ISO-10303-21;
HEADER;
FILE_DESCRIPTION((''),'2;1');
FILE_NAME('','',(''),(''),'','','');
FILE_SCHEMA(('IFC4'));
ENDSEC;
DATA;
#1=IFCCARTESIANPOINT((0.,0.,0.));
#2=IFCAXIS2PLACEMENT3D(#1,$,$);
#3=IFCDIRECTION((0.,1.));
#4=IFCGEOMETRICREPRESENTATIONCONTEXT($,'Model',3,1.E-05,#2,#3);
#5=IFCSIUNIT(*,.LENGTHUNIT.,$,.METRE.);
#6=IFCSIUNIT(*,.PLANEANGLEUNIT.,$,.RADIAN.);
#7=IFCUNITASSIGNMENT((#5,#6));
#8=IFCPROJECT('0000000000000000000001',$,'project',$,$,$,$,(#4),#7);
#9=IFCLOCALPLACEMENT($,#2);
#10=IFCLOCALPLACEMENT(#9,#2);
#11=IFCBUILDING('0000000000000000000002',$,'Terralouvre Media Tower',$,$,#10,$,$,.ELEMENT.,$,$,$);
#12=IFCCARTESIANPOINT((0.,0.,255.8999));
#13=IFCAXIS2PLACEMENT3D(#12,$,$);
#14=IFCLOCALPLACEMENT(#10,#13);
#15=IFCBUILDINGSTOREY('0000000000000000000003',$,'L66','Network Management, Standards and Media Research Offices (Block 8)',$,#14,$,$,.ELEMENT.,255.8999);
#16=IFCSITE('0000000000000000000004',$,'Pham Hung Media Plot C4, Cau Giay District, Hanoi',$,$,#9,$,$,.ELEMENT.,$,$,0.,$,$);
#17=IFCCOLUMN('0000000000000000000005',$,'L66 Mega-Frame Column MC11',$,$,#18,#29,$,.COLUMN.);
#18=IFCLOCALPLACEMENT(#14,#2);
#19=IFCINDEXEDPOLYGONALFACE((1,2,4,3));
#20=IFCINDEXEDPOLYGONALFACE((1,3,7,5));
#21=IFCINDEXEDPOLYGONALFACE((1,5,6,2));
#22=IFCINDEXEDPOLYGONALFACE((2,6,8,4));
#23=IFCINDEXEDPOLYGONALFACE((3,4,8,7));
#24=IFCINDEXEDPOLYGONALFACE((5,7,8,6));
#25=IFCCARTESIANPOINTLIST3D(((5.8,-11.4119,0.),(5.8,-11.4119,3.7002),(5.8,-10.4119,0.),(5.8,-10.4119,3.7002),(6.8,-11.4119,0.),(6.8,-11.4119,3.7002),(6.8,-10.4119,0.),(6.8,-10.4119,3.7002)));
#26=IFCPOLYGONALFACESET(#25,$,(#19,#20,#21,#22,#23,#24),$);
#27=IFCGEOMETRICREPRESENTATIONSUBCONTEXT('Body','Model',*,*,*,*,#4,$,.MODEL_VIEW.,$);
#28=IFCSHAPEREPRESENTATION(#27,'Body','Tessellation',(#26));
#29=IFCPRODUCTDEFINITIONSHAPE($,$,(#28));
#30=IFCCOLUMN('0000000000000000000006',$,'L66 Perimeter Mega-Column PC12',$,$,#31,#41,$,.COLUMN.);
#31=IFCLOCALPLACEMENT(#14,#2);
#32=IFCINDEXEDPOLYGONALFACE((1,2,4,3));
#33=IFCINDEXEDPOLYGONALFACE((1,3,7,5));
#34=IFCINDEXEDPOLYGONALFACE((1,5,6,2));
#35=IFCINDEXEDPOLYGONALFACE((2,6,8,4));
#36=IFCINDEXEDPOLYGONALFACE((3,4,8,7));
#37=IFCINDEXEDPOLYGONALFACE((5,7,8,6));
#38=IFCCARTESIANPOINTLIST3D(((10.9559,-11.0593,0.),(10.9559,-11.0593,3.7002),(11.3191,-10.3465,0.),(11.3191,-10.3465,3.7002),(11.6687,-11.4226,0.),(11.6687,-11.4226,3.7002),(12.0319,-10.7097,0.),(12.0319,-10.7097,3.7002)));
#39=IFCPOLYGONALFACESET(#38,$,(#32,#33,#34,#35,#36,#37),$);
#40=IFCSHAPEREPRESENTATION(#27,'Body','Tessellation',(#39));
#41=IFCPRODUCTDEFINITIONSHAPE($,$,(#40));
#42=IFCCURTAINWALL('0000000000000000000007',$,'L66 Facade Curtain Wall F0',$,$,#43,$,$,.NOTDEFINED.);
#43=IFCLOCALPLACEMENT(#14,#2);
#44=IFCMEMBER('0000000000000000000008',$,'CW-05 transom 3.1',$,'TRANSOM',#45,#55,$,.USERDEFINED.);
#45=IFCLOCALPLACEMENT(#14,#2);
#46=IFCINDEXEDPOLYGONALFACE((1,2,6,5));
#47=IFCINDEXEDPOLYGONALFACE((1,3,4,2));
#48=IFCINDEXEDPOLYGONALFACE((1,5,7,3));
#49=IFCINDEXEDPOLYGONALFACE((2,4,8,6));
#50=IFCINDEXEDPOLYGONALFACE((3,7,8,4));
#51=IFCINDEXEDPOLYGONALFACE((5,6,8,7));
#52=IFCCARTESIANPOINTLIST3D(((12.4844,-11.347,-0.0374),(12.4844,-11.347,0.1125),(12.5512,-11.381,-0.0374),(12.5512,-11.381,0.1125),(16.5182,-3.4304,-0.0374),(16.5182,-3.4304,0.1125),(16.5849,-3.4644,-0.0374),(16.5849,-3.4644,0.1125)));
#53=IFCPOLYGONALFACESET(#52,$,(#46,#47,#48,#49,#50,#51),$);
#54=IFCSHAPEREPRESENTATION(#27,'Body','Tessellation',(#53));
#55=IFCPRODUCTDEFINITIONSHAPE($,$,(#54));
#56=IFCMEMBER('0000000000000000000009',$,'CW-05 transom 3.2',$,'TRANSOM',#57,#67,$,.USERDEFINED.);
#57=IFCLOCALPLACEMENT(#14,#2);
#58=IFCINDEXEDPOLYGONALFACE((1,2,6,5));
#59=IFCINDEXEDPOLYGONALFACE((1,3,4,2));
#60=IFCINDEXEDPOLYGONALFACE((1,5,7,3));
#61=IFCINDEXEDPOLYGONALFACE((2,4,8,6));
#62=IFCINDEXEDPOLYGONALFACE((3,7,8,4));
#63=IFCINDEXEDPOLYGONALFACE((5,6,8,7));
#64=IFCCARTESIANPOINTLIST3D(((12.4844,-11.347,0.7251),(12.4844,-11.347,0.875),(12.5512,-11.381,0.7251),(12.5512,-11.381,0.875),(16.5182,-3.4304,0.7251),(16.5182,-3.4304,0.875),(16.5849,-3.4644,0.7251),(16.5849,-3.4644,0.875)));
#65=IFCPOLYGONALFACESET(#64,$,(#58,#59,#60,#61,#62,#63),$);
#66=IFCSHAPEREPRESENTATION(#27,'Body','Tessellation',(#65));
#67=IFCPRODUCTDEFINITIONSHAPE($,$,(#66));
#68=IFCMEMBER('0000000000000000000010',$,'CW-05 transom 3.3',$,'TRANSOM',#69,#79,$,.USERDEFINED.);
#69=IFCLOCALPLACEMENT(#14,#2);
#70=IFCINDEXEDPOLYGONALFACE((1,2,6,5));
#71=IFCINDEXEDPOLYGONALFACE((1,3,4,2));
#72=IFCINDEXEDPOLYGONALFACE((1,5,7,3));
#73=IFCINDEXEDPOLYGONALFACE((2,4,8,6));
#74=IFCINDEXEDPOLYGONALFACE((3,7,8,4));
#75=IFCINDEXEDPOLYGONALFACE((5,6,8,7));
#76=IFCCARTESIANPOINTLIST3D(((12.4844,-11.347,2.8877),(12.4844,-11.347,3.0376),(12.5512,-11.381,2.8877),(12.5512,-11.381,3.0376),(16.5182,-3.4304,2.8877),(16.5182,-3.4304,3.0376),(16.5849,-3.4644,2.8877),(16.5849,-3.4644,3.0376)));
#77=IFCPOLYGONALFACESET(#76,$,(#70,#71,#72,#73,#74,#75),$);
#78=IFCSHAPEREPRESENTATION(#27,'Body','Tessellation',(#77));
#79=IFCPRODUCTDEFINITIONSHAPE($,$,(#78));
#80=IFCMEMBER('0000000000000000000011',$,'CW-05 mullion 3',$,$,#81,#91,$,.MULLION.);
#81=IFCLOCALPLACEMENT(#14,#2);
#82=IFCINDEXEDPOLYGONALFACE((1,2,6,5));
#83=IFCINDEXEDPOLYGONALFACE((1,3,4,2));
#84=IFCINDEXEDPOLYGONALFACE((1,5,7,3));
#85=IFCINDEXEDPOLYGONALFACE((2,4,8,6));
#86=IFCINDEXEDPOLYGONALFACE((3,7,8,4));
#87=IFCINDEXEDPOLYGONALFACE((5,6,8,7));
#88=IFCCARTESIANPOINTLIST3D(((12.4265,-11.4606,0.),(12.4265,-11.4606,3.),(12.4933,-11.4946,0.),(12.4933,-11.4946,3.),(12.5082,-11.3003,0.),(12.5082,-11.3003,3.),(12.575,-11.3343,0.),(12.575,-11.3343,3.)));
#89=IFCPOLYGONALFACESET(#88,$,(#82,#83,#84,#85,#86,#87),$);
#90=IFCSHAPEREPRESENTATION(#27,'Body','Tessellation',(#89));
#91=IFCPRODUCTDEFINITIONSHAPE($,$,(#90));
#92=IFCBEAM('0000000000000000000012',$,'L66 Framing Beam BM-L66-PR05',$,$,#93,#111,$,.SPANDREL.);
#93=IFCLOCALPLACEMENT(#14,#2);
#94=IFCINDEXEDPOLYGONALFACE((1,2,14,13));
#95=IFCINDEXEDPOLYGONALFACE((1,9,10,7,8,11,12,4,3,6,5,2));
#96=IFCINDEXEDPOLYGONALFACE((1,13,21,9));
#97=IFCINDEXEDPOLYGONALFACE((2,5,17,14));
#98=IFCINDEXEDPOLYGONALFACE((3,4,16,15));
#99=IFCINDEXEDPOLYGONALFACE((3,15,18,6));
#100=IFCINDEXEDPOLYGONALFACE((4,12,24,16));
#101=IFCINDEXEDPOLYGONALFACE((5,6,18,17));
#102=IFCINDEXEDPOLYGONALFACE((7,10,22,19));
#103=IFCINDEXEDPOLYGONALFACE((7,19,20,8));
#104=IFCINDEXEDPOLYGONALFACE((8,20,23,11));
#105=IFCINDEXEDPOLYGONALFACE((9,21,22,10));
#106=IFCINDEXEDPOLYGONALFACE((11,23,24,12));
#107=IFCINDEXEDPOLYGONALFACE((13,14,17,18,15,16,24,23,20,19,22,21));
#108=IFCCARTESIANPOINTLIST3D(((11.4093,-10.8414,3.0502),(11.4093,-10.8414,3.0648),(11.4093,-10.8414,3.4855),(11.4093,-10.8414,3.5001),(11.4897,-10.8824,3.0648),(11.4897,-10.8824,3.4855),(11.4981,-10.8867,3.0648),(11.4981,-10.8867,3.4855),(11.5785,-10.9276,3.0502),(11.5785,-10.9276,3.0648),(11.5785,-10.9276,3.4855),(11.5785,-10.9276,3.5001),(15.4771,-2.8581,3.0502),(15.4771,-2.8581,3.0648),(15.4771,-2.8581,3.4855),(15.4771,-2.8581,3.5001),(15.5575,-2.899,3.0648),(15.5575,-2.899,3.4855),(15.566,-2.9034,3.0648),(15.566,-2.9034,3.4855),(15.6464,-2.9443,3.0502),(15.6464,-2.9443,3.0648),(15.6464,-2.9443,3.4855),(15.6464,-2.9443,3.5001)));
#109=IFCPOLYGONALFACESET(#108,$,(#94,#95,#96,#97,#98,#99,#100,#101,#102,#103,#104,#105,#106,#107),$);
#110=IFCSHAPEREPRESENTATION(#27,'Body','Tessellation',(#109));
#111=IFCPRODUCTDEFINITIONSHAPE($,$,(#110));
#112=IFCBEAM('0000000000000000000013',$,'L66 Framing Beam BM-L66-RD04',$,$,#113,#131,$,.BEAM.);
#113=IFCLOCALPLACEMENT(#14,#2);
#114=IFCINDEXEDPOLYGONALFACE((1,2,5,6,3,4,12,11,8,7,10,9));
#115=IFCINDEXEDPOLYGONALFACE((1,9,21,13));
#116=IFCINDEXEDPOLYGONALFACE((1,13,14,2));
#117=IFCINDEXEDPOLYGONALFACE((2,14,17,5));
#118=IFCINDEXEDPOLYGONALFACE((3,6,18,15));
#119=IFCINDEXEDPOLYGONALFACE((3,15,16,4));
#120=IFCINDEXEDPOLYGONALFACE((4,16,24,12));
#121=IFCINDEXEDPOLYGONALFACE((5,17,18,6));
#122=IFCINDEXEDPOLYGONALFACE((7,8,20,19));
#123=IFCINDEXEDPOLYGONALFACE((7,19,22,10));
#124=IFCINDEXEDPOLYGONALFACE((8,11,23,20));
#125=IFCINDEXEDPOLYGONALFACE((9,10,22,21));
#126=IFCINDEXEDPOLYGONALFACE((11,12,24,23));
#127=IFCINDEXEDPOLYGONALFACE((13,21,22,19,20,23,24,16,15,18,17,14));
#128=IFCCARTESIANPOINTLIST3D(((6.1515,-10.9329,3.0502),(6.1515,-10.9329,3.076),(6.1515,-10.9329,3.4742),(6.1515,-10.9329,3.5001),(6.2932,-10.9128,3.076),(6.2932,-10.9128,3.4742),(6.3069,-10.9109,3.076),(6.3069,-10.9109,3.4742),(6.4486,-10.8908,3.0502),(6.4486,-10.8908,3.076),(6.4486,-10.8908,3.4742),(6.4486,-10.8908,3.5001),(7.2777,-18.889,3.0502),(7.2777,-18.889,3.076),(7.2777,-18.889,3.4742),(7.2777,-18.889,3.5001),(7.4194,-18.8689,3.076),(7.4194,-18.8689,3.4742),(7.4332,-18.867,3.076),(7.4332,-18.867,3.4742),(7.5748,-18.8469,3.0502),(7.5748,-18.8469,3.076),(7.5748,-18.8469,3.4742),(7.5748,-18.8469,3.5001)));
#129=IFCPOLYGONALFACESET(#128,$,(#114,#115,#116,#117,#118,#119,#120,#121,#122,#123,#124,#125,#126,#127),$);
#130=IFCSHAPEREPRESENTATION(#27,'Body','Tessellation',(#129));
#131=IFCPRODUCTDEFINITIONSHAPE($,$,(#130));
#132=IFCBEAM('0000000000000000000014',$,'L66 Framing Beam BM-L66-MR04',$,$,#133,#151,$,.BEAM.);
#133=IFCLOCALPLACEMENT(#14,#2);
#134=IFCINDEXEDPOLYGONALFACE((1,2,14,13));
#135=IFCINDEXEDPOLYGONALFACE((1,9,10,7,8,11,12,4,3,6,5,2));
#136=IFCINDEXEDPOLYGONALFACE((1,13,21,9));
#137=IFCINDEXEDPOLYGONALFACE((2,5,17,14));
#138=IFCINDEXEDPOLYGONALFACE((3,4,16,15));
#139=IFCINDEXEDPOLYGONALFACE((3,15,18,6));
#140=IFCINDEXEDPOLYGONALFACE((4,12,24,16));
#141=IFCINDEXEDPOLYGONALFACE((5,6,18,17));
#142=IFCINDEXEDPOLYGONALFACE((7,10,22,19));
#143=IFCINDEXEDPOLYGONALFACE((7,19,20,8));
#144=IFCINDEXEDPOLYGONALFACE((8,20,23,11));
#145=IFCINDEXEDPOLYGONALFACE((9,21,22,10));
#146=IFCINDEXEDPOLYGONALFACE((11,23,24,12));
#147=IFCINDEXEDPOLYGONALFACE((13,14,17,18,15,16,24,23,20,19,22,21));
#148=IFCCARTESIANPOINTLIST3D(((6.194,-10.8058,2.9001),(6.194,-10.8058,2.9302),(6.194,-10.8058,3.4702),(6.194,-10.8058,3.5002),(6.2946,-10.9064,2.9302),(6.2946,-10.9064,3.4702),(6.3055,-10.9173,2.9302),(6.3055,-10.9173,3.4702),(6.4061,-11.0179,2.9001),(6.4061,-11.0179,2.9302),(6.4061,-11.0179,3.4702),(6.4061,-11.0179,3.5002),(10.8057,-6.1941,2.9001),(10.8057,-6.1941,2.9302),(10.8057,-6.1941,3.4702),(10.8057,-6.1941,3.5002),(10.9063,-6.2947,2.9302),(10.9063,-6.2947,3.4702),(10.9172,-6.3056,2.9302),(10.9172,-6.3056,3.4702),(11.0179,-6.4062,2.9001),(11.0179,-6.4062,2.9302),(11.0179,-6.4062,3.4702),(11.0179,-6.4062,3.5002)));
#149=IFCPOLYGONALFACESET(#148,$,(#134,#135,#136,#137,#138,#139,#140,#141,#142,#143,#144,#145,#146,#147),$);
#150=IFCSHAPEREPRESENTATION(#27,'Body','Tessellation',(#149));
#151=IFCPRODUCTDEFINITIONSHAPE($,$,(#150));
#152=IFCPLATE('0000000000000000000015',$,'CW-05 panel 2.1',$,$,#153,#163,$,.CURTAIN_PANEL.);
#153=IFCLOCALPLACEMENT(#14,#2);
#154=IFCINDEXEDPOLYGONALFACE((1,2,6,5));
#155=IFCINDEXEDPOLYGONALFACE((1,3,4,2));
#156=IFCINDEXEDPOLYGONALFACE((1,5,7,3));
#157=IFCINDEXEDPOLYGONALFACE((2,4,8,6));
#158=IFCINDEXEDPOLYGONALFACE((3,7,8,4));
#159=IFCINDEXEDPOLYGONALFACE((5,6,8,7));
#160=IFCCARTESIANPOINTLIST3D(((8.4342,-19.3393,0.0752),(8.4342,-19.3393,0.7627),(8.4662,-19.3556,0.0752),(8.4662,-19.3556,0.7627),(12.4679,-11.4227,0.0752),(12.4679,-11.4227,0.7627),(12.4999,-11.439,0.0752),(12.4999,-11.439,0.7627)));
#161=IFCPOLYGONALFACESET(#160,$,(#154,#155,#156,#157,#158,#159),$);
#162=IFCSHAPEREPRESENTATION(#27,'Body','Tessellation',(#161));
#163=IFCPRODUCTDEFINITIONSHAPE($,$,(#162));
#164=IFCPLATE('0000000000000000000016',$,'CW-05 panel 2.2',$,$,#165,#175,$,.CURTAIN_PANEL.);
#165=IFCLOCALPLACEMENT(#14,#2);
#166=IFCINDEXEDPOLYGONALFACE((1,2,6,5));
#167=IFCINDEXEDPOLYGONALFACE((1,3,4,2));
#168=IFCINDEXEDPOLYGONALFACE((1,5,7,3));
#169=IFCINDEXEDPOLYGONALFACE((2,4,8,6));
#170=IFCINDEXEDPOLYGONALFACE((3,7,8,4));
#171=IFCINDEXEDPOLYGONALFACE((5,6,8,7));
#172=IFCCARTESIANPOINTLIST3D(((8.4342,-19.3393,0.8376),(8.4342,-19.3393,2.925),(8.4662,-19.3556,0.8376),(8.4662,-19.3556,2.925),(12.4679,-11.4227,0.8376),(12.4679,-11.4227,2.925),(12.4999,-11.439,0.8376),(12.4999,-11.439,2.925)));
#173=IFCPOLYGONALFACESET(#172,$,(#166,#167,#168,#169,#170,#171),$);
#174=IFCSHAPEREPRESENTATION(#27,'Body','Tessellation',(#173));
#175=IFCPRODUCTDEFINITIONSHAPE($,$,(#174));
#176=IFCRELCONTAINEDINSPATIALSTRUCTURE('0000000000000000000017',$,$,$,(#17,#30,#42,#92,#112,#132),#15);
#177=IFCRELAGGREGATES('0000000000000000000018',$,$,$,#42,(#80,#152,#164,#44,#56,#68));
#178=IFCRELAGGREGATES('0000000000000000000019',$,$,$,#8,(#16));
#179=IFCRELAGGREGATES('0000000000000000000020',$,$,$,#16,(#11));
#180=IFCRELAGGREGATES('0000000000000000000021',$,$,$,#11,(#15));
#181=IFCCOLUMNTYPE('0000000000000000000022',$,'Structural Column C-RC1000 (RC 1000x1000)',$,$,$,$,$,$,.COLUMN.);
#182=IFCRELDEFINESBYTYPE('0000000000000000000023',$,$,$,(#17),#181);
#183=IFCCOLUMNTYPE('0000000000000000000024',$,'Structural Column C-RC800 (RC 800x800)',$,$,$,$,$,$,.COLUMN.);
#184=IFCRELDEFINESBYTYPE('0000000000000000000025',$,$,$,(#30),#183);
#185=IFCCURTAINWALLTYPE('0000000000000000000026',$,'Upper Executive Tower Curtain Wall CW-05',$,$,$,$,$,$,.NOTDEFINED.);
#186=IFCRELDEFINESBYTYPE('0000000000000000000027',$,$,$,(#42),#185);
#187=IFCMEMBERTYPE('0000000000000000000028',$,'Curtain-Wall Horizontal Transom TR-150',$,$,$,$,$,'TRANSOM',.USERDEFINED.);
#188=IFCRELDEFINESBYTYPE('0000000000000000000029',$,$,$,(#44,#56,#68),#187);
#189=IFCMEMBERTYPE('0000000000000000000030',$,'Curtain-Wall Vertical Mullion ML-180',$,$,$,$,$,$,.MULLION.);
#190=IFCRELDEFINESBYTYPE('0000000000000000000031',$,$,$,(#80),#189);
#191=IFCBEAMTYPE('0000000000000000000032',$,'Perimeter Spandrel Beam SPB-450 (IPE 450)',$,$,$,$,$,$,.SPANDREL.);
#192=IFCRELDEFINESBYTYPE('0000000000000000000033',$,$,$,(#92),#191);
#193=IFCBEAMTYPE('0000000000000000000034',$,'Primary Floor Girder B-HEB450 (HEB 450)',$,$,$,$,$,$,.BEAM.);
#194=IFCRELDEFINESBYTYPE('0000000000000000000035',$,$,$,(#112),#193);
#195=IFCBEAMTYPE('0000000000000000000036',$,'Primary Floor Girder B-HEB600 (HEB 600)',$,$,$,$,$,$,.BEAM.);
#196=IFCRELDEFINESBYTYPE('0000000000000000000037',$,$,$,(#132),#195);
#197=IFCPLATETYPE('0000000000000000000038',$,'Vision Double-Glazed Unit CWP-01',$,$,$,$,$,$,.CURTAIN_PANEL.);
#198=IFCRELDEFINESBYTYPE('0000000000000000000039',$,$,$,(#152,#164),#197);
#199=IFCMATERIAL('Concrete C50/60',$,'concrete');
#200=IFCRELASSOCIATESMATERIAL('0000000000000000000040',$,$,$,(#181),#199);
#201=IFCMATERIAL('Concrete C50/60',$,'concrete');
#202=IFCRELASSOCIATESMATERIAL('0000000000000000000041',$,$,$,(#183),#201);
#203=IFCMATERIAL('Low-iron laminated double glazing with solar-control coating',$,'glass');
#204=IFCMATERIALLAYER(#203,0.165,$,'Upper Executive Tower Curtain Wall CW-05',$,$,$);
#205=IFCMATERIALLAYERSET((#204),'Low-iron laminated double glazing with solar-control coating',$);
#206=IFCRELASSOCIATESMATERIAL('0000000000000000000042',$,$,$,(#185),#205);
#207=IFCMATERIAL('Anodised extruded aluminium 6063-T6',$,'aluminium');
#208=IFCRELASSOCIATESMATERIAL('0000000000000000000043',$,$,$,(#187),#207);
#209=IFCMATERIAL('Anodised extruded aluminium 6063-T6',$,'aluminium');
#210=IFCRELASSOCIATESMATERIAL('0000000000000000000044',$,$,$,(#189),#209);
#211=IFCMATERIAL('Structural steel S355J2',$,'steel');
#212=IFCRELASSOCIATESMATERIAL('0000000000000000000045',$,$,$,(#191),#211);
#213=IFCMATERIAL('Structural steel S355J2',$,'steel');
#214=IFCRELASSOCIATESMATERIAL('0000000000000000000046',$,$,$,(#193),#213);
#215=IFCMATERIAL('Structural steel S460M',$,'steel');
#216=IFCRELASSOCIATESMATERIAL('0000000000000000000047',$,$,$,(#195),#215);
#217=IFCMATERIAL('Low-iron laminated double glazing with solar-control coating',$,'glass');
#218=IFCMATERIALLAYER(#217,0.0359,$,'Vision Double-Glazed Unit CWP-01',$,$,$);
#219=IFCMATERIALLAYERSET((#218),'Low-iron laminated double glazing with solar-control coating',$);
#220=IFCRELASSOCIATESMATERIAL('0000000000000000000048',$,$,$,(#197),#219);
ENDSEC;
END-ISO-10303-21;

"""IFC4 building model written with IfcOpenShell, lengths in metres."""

from ifc_helpers import new_model, si_unit, direction, frame, origin, origin_2d, place, context, subcontext, project, spatial, rectangle, i_section, extrude, material, layer, layer_set, material_profile, profile_set, type_object, element, aggregate, save


model = new_model("IFC4")

# Units and contexts
model_context = context("Model", 3, precision=1e-05, world=origin(), true_north=direction((0.0, 1.0)))
body_context = subcontext(model_context, "Body", "Model", "MODEL_VIEW")
ifc_project = project(units=[si_unit("LENGTHUNIT", "METRE"), si_unit("PLANEANGLEUNIT", "RADIAN")], contexts=[model_context])

# Site, building, storey
site_placement = place(None, origin())
site = spatial("IfcSite", under=ifc_project, at=site_placement, Name="Pham Hung Media Plot C4, Cau Giay District, Hanoi", CompositionType="ELEMENT", RefElevation=0.0)
building_placement = place(site_placement, origin())
building = spatial("IfcBuilding", under=site, at=building_placement, Name="Terralouvre Media Tower", CompositionType="ELEMENT")
storey_placement = place(building_placement, frame((0.0, 0.0, 255.8999)))
storey = spatial("IfcBuildingStorey", under=building, at=storey_placement, Name="L66", Description="Network Management, Standards and Media Research Offices (Block 8)", CompositionType="ELEMENT", Elevation=255.8999)

# Columns
ifc_material_1 = material(Name="Concrete C50/60", Category="concrete")
ifc_material_profile_1 = material_profile(ifc_material_1, rectangle(XDim=1.0, YDim=1.0, at=origin_2d()), Name="RC 1000x1000")
ifc_profile_set_1 = profile_set([ifc_material_profile_1], Name="Concrete C50/60")
column_type_1 = type_object("IfcColumnType", Name="Structural Column C-RC1000 (RC 1000x1000)", PredefinedType="COLUMN", material=ifc_profile_set_1)
column_1_placement = place(storey_placement, frame((6.3, -10.9119, 0.0), z_axis=(0.0, 0.0, 1.0), x_axis=(1.0, 0.0, 0.0)))
element("IfcColumn", 1, at=column_1_placement, inside=storey, type_object=column_type_1, Name="L66 Mega-Frame Column MC11", PredefinedType="COLUMN", context=body_context, shape_type="SweptSolid", body=[
    extrude(rectangle(XDim=1.0, YDim=1.0, at=origin_2d()), origin(), (0.0, 0.0, 1.0), 3.7002),
])
ifc_material_2 = material(Name="Concrete C50/60", Category="concrete")
ifc_material_profile_2 = material_profile(ifc_material_2, rectangle(XDim=0.8, YDim=0.8, at=origin_2d()), Name="RC 800x800")
ifc_profile_set_2 = profile_set([ifc_material_profile_2], Name="Concrete C50/60")
column_type_2 = type_object("IfcColumnType", Name="Structural Column C-RC800 (RC 800x800)", PredefinedType="COLUMN", material=ifc_profile_set_2)
column_2_placement = place(storey_placement, frame((11.4939, -10.8845, 0.0), z_axis=(0.0, 0.0, 1.0), x_axis=(0.45399, 0.891007, 0.0)))
element("IfcColumn", 2, at=column_2_placement, inside=storey, type_object=column_type_2, Name="L66 Perimeter Mega-Column PC12", PredefinedType="COLUMN", context=body_context, shape_type="SweptSolid", body=[
    extrude(rectangle(XDim=0.8, YDim=0.8, at=origin_2d()), origin(), (0.0, 0.0, 1.0), 3.7002),
])

# Curtain wall, members
ifc_material_3 = material(Name="Low-iron laminated double glazing with solar-control coating", Category="glass")
ifc_layer_1 = layer(ifc_material_3, 0.165, Name="Upper Executive Tower Curtain Wall CW-05")
ifc_layer_set_1 = layer_set([ifc_layer_1], Name="Low-iron laminated double glazing with solar-control coating")
curtain_wall_type = type_object("IfcCurtainWallType", Name="Upper Executive Tower Curtain Wall CW-05", PredefinedType="NOTDEFINED", material=ifc_layer_set_1)
curtain_wall_placement = place(storey_placement, origin())
curtain_wall = element("IfcCurtainWall", 3, at=curtain_wall_placement, inside=storey, type_object=curtain_wall_type, Name="L66 Facade Curtain Wall F0", PredefinedType="NOTDEFINED")
ifc_material_4 = material(Name="Anodised extruded aluminium 6063-T6", Category="aluminium")
ifc_material_profile_3 = material_profile(ifc_material_4, rectangle(XDim=0.075, YDim=0.1499, at=origin_2d()), Name="ALU 75x150")
ifc_profile_set_3 = profile_set([ifc_material_profile_3], Name="Anodised extruded aluminium 6063-T6")
member_type_1 = type_object("IfcMemberType", Name="Curtain-Wall Horizontal Transom TR-150", ElementType="TRANSOM", PredefinedType="USERDEFINED", material=ifc_profile_set_3)
member_1_placement = place(storey_placement, frame((12.5178, -11.364, 0.0376), z_axis=(0.453993, 0.891005, 0.0), x_axis=(-0.891005, 0.453993, 0.0)))
member_1 = element("IfcMember", 4, at=member_1_placement, type_object=member_type_1, Name="CW-05 transom 3.1", ObjectType="TRANSOM", PredefinedType="USERDEFINED", context=body_context, shape_type="SweptSolid", body=[
    extrude(rectangle(XDim=0.075, YDim=0.1499, at=origin_2d()), origin(), (0.0, 0.0, 1.0), 8.885),
])
member_2_placement = place(storey_placement, frame((12.5178, -11.364, 0.8), z_axis=(0.453993, 0.891005, 0.0), x_axis=(-0.891005, 0.453993, 0.0)))
member_2 = element("IfcMember", 5, at=member_2_placement, type_object=member_type_1, Name="CW-05 transom 3.2", ObjectType="TRANSOM", PredefinedType="USERDEFINED", context=body_context, shape_type="SweptSolid", body=[
    extrude(rectangle(XDim=0.075, YDim=0.1499, at=origin_2d()), origin(), (0.0, 0.0, 1.0), 8.885),
])
member_3_placement = place(storey_placement, frame((12.5178, -11.364, 2.9626), z_axis=(0.453993, 0.891005, 0.0), x_axis=(-0.891005, 0.453993, 0.0)))
member_3 = element("IfcMember", 6, at=member_3_placement, type_object=member_type_1, Name="CW-05 transom 3.3", ObjectType="TRANSOM", PredefinedType="USERDEFINED", context=body_context, shape_type="SweptSolid", body=[
    extrude(rectangle(XDim=0.075, YDim=0.1499, at=origin_2d()), origin(), (0.0, 0.0, 1.0), 8.885),
])
ifc_material_5 = material(Name="Anodised extruded aluminium 6063-T6", Category="aluminium")
ifc_material_profile_4 = material_profile(ifc_material_5, rectangle(XDim=0.075, YDim=0.1799, at=origin_2d()), Name="ALU 75x180")
ifc_profile_set_4 = profile_set([ifc_material_profile_4], Name="Anodised extruded aluminium 6063-T6")
member_type_2 = type_object("IfcMemberType", Name="Curtain-Wall Vertical Mullion ML-180", PredefinedType="MULLION", material=ifc_profile_set_4)
member_4_placement = place(storey_placement, frame((12.5007, -11.3975, 0.0), z_axis=(0.0, 0.0, 1.0), x_axis=(-0.891007, 0.45399, 0.0)))
member_4 = element("IfcMember", 7, at=member_4_placement, type_object=member_type_2, Name="CW-05 mullion 3", PredefinedType="MULLION", context=body_context, shape_type="SweptSolid", body=[
    extrude(rectangle(XDim=0.075, YDim=0.1799, at=origin_2d()), origin(), (0.0, 0.0, 1.0), 3.0),
])

# Beams
ifc_material_6 = material(Name="Structural steel S355J2", Category="steel")
ifc_material_profile_5 = material_profile(ifc_material_6, i_section(OverallWidth=0.1899, OverallDepth=0.45, WebThickness=0.0095, FlangeThickness=0.0146, at=origin_2d()), Name="IPE 450")
ifc_profile_set_5 = profile_set([ifc_material_profile_5], Name="Structural steel S355J2")
beam_type_1 = type_object("IfcBeamType", Name="Perimeter Spandrel Beam SPB-450 (IPE 450)", PredefinedType="SPANDREL", material=ifc_profile_set_5)
beam_1_placement = place(storey_placement, frame((11.4939, -10.8845, 3.2751), z_axis=(0.454002, 0.891001, 0.0), x_axis=(-0.891001, 0.454002, 0.0)))
element("IfcBeam", 8, at=beam_1_placement, inside=storey, type_object=beam_type_1, Name="L66 Framing Beam BM-L66-PR05", PredefinedType="SPANDREL", context=body_context, shape_type="SweptSolid", body=[
    extrude(i_section(OverallWidth=0.1899, OverallDepth=0.45, WebThickness=0.0095, FlangeThickness=0.0146, at=origin_2d()), origin(), (0.0, 0.0, 1.0), 8.96),
])
ifc_material_7 = material(Name="Structural steel S355J2", Category="steel")
ifc_material_profile_6 = material_profile(ifc_material_7, i_section(OverallWidth=0.3, OverallDepth=0.45, WebThickness=0.0139, FlangeThickness=0.0259, at=origin_2d()), Name="HEB 450")
ifc_profile_set_6 = profile_set([ifc_material_profile_6], Name="Structural steel S355J2")
beam_type_2 = type_object("IfcBeamType", Name="Primary Floor Girder B-HEB450 (HEB 450)", PredefinedType="BEAM", material=ifc_profile_set_6)
beam_2_placement = place(storey_placement, frame((6.3, -10.9119, 3.2751), z_axis=(0.140158, -0.990129, 0.0), x_axis=(0.990129, 0.140158, 0.0)))
element("IfcBeam", 9, at=beam_2_placement, inside=storey, type_object=beam_type_2, Name="L66 Framing Beam BM-L66-RD04", PredefinedType="BEAM", context=body_context, shape_type="SweptSolid", body=[
    extrude(i_section(OverallWidth=0.3, OverallDepth=0.45, WebThickness=0.0139, FlangeThickness=0.0259, at=origin_2d()), origin(), (0.0, 0.0, 1.0), 8.0354),
])
ifc_material_8 = material(Name="Structural steel S460M", Category="steel")
ifc_material_profile_7 = material_profile(ifc_material_8, i_section(OverallWidth=0.3, OverallDepth=0.6001, WebThickness=0.0154, FlangeThickness=0.03, at=origin_2d()), Name="HEB 600")
ifc_profile_set_7 = profile_set([ifc_material_profile_7], Name="Structural steel S460M")
beam_type_3 = type_object("IfcBeamType", Name="Primary Floor Girder B-HEB600 (HEB 600)", PredefinedType="BEAM", material=ifc_profile_set_7)
beam_3_placement = place(storey_placement, frame((6.3, -10.9119, 3.2002), z_axis=(0.707107, 0.707107, 0.0), x_axis=(-0.707107, 0.707107, 0.0)))
element("IfcBeam", 10, at=beam_3_placement, inside=storey, type_object=beam_type_3, Name="L66 Framing Beam BM-L66-MR04", PredefinedType="BEAM", context=body_context, shape_type="SweptSolid", body=[
    extrude(i_section(OverallWidth=0.3, OverallDepth=0.6001, WebThickness=0.0154, FlangeThickness=0.03, at=origin_2d()), origin(), (0.0, 0.0, 1.0), 6.522),
])

# Plates
ifc_material_9 = material(Name="Low-iron laminated double glazing with solar-control coating", Category="glass")
ifc_layer_2 = layer(ifc_material_9, 0.0359, Name="Vision Double-Glazed Unit CWP-01")
ifc_layer_set_2 = layer_set([ifc_layer_2], Name="Low-iron laminated double glazing with solar-control coating")
plate_type = type_object("IfcPlateType", Name="Vision Double-Glazed Unit CWP-01", PredefinedType="CURTAIN_PANEL", material=ifc_layer_set_2)
plate_1_placement = place(storey_placement, frame((10.467, -15.3892, 0.0752), z_axis=(0.0, 0.0, 1.0), x_axis=(0.45399, 0.891007, 0.0)))
plate_1 = element("IfcPlate", 11, at=plate_1_placement, type_object=plate_type, Name="CW-05 panel 2.1", PredefinedType="CURTAIN_PANEL", context=body_context, shape_type="SweptSolid", body=[
    extrude(rectangle(XDim=8.885, YDim=0.0359, at=origin_2d()), origin(), (0.0, 0.0, 1.0), 0.6875),
])
plate_2_placement = place(storey_placement, frame((10.467, -15.3892, 0.8376), z_axis=(0.0, 0.0, 1.0), x_axis=(0.45399, 0.891007, 0.0)))
plate_2 = element("IfcPlate", 12, at=plate_2_placement, type_object=plate_type, Name="CW-05 panel 2.2", PredefinedType="CURTAIN_PANEL", context=body_context, shape_type="SweptSolid", body=[
    extrude(rectangle(XDim=8.885, YDim=0.0359, at=origin_2d()), origin(), (0.0, 0.0, 1.0), 2.0874),
])
aggregate(curtain_wall, [member_4, plate_1, plate_2, member_1, member_2, member_3])

save(model, "model.ifc")
